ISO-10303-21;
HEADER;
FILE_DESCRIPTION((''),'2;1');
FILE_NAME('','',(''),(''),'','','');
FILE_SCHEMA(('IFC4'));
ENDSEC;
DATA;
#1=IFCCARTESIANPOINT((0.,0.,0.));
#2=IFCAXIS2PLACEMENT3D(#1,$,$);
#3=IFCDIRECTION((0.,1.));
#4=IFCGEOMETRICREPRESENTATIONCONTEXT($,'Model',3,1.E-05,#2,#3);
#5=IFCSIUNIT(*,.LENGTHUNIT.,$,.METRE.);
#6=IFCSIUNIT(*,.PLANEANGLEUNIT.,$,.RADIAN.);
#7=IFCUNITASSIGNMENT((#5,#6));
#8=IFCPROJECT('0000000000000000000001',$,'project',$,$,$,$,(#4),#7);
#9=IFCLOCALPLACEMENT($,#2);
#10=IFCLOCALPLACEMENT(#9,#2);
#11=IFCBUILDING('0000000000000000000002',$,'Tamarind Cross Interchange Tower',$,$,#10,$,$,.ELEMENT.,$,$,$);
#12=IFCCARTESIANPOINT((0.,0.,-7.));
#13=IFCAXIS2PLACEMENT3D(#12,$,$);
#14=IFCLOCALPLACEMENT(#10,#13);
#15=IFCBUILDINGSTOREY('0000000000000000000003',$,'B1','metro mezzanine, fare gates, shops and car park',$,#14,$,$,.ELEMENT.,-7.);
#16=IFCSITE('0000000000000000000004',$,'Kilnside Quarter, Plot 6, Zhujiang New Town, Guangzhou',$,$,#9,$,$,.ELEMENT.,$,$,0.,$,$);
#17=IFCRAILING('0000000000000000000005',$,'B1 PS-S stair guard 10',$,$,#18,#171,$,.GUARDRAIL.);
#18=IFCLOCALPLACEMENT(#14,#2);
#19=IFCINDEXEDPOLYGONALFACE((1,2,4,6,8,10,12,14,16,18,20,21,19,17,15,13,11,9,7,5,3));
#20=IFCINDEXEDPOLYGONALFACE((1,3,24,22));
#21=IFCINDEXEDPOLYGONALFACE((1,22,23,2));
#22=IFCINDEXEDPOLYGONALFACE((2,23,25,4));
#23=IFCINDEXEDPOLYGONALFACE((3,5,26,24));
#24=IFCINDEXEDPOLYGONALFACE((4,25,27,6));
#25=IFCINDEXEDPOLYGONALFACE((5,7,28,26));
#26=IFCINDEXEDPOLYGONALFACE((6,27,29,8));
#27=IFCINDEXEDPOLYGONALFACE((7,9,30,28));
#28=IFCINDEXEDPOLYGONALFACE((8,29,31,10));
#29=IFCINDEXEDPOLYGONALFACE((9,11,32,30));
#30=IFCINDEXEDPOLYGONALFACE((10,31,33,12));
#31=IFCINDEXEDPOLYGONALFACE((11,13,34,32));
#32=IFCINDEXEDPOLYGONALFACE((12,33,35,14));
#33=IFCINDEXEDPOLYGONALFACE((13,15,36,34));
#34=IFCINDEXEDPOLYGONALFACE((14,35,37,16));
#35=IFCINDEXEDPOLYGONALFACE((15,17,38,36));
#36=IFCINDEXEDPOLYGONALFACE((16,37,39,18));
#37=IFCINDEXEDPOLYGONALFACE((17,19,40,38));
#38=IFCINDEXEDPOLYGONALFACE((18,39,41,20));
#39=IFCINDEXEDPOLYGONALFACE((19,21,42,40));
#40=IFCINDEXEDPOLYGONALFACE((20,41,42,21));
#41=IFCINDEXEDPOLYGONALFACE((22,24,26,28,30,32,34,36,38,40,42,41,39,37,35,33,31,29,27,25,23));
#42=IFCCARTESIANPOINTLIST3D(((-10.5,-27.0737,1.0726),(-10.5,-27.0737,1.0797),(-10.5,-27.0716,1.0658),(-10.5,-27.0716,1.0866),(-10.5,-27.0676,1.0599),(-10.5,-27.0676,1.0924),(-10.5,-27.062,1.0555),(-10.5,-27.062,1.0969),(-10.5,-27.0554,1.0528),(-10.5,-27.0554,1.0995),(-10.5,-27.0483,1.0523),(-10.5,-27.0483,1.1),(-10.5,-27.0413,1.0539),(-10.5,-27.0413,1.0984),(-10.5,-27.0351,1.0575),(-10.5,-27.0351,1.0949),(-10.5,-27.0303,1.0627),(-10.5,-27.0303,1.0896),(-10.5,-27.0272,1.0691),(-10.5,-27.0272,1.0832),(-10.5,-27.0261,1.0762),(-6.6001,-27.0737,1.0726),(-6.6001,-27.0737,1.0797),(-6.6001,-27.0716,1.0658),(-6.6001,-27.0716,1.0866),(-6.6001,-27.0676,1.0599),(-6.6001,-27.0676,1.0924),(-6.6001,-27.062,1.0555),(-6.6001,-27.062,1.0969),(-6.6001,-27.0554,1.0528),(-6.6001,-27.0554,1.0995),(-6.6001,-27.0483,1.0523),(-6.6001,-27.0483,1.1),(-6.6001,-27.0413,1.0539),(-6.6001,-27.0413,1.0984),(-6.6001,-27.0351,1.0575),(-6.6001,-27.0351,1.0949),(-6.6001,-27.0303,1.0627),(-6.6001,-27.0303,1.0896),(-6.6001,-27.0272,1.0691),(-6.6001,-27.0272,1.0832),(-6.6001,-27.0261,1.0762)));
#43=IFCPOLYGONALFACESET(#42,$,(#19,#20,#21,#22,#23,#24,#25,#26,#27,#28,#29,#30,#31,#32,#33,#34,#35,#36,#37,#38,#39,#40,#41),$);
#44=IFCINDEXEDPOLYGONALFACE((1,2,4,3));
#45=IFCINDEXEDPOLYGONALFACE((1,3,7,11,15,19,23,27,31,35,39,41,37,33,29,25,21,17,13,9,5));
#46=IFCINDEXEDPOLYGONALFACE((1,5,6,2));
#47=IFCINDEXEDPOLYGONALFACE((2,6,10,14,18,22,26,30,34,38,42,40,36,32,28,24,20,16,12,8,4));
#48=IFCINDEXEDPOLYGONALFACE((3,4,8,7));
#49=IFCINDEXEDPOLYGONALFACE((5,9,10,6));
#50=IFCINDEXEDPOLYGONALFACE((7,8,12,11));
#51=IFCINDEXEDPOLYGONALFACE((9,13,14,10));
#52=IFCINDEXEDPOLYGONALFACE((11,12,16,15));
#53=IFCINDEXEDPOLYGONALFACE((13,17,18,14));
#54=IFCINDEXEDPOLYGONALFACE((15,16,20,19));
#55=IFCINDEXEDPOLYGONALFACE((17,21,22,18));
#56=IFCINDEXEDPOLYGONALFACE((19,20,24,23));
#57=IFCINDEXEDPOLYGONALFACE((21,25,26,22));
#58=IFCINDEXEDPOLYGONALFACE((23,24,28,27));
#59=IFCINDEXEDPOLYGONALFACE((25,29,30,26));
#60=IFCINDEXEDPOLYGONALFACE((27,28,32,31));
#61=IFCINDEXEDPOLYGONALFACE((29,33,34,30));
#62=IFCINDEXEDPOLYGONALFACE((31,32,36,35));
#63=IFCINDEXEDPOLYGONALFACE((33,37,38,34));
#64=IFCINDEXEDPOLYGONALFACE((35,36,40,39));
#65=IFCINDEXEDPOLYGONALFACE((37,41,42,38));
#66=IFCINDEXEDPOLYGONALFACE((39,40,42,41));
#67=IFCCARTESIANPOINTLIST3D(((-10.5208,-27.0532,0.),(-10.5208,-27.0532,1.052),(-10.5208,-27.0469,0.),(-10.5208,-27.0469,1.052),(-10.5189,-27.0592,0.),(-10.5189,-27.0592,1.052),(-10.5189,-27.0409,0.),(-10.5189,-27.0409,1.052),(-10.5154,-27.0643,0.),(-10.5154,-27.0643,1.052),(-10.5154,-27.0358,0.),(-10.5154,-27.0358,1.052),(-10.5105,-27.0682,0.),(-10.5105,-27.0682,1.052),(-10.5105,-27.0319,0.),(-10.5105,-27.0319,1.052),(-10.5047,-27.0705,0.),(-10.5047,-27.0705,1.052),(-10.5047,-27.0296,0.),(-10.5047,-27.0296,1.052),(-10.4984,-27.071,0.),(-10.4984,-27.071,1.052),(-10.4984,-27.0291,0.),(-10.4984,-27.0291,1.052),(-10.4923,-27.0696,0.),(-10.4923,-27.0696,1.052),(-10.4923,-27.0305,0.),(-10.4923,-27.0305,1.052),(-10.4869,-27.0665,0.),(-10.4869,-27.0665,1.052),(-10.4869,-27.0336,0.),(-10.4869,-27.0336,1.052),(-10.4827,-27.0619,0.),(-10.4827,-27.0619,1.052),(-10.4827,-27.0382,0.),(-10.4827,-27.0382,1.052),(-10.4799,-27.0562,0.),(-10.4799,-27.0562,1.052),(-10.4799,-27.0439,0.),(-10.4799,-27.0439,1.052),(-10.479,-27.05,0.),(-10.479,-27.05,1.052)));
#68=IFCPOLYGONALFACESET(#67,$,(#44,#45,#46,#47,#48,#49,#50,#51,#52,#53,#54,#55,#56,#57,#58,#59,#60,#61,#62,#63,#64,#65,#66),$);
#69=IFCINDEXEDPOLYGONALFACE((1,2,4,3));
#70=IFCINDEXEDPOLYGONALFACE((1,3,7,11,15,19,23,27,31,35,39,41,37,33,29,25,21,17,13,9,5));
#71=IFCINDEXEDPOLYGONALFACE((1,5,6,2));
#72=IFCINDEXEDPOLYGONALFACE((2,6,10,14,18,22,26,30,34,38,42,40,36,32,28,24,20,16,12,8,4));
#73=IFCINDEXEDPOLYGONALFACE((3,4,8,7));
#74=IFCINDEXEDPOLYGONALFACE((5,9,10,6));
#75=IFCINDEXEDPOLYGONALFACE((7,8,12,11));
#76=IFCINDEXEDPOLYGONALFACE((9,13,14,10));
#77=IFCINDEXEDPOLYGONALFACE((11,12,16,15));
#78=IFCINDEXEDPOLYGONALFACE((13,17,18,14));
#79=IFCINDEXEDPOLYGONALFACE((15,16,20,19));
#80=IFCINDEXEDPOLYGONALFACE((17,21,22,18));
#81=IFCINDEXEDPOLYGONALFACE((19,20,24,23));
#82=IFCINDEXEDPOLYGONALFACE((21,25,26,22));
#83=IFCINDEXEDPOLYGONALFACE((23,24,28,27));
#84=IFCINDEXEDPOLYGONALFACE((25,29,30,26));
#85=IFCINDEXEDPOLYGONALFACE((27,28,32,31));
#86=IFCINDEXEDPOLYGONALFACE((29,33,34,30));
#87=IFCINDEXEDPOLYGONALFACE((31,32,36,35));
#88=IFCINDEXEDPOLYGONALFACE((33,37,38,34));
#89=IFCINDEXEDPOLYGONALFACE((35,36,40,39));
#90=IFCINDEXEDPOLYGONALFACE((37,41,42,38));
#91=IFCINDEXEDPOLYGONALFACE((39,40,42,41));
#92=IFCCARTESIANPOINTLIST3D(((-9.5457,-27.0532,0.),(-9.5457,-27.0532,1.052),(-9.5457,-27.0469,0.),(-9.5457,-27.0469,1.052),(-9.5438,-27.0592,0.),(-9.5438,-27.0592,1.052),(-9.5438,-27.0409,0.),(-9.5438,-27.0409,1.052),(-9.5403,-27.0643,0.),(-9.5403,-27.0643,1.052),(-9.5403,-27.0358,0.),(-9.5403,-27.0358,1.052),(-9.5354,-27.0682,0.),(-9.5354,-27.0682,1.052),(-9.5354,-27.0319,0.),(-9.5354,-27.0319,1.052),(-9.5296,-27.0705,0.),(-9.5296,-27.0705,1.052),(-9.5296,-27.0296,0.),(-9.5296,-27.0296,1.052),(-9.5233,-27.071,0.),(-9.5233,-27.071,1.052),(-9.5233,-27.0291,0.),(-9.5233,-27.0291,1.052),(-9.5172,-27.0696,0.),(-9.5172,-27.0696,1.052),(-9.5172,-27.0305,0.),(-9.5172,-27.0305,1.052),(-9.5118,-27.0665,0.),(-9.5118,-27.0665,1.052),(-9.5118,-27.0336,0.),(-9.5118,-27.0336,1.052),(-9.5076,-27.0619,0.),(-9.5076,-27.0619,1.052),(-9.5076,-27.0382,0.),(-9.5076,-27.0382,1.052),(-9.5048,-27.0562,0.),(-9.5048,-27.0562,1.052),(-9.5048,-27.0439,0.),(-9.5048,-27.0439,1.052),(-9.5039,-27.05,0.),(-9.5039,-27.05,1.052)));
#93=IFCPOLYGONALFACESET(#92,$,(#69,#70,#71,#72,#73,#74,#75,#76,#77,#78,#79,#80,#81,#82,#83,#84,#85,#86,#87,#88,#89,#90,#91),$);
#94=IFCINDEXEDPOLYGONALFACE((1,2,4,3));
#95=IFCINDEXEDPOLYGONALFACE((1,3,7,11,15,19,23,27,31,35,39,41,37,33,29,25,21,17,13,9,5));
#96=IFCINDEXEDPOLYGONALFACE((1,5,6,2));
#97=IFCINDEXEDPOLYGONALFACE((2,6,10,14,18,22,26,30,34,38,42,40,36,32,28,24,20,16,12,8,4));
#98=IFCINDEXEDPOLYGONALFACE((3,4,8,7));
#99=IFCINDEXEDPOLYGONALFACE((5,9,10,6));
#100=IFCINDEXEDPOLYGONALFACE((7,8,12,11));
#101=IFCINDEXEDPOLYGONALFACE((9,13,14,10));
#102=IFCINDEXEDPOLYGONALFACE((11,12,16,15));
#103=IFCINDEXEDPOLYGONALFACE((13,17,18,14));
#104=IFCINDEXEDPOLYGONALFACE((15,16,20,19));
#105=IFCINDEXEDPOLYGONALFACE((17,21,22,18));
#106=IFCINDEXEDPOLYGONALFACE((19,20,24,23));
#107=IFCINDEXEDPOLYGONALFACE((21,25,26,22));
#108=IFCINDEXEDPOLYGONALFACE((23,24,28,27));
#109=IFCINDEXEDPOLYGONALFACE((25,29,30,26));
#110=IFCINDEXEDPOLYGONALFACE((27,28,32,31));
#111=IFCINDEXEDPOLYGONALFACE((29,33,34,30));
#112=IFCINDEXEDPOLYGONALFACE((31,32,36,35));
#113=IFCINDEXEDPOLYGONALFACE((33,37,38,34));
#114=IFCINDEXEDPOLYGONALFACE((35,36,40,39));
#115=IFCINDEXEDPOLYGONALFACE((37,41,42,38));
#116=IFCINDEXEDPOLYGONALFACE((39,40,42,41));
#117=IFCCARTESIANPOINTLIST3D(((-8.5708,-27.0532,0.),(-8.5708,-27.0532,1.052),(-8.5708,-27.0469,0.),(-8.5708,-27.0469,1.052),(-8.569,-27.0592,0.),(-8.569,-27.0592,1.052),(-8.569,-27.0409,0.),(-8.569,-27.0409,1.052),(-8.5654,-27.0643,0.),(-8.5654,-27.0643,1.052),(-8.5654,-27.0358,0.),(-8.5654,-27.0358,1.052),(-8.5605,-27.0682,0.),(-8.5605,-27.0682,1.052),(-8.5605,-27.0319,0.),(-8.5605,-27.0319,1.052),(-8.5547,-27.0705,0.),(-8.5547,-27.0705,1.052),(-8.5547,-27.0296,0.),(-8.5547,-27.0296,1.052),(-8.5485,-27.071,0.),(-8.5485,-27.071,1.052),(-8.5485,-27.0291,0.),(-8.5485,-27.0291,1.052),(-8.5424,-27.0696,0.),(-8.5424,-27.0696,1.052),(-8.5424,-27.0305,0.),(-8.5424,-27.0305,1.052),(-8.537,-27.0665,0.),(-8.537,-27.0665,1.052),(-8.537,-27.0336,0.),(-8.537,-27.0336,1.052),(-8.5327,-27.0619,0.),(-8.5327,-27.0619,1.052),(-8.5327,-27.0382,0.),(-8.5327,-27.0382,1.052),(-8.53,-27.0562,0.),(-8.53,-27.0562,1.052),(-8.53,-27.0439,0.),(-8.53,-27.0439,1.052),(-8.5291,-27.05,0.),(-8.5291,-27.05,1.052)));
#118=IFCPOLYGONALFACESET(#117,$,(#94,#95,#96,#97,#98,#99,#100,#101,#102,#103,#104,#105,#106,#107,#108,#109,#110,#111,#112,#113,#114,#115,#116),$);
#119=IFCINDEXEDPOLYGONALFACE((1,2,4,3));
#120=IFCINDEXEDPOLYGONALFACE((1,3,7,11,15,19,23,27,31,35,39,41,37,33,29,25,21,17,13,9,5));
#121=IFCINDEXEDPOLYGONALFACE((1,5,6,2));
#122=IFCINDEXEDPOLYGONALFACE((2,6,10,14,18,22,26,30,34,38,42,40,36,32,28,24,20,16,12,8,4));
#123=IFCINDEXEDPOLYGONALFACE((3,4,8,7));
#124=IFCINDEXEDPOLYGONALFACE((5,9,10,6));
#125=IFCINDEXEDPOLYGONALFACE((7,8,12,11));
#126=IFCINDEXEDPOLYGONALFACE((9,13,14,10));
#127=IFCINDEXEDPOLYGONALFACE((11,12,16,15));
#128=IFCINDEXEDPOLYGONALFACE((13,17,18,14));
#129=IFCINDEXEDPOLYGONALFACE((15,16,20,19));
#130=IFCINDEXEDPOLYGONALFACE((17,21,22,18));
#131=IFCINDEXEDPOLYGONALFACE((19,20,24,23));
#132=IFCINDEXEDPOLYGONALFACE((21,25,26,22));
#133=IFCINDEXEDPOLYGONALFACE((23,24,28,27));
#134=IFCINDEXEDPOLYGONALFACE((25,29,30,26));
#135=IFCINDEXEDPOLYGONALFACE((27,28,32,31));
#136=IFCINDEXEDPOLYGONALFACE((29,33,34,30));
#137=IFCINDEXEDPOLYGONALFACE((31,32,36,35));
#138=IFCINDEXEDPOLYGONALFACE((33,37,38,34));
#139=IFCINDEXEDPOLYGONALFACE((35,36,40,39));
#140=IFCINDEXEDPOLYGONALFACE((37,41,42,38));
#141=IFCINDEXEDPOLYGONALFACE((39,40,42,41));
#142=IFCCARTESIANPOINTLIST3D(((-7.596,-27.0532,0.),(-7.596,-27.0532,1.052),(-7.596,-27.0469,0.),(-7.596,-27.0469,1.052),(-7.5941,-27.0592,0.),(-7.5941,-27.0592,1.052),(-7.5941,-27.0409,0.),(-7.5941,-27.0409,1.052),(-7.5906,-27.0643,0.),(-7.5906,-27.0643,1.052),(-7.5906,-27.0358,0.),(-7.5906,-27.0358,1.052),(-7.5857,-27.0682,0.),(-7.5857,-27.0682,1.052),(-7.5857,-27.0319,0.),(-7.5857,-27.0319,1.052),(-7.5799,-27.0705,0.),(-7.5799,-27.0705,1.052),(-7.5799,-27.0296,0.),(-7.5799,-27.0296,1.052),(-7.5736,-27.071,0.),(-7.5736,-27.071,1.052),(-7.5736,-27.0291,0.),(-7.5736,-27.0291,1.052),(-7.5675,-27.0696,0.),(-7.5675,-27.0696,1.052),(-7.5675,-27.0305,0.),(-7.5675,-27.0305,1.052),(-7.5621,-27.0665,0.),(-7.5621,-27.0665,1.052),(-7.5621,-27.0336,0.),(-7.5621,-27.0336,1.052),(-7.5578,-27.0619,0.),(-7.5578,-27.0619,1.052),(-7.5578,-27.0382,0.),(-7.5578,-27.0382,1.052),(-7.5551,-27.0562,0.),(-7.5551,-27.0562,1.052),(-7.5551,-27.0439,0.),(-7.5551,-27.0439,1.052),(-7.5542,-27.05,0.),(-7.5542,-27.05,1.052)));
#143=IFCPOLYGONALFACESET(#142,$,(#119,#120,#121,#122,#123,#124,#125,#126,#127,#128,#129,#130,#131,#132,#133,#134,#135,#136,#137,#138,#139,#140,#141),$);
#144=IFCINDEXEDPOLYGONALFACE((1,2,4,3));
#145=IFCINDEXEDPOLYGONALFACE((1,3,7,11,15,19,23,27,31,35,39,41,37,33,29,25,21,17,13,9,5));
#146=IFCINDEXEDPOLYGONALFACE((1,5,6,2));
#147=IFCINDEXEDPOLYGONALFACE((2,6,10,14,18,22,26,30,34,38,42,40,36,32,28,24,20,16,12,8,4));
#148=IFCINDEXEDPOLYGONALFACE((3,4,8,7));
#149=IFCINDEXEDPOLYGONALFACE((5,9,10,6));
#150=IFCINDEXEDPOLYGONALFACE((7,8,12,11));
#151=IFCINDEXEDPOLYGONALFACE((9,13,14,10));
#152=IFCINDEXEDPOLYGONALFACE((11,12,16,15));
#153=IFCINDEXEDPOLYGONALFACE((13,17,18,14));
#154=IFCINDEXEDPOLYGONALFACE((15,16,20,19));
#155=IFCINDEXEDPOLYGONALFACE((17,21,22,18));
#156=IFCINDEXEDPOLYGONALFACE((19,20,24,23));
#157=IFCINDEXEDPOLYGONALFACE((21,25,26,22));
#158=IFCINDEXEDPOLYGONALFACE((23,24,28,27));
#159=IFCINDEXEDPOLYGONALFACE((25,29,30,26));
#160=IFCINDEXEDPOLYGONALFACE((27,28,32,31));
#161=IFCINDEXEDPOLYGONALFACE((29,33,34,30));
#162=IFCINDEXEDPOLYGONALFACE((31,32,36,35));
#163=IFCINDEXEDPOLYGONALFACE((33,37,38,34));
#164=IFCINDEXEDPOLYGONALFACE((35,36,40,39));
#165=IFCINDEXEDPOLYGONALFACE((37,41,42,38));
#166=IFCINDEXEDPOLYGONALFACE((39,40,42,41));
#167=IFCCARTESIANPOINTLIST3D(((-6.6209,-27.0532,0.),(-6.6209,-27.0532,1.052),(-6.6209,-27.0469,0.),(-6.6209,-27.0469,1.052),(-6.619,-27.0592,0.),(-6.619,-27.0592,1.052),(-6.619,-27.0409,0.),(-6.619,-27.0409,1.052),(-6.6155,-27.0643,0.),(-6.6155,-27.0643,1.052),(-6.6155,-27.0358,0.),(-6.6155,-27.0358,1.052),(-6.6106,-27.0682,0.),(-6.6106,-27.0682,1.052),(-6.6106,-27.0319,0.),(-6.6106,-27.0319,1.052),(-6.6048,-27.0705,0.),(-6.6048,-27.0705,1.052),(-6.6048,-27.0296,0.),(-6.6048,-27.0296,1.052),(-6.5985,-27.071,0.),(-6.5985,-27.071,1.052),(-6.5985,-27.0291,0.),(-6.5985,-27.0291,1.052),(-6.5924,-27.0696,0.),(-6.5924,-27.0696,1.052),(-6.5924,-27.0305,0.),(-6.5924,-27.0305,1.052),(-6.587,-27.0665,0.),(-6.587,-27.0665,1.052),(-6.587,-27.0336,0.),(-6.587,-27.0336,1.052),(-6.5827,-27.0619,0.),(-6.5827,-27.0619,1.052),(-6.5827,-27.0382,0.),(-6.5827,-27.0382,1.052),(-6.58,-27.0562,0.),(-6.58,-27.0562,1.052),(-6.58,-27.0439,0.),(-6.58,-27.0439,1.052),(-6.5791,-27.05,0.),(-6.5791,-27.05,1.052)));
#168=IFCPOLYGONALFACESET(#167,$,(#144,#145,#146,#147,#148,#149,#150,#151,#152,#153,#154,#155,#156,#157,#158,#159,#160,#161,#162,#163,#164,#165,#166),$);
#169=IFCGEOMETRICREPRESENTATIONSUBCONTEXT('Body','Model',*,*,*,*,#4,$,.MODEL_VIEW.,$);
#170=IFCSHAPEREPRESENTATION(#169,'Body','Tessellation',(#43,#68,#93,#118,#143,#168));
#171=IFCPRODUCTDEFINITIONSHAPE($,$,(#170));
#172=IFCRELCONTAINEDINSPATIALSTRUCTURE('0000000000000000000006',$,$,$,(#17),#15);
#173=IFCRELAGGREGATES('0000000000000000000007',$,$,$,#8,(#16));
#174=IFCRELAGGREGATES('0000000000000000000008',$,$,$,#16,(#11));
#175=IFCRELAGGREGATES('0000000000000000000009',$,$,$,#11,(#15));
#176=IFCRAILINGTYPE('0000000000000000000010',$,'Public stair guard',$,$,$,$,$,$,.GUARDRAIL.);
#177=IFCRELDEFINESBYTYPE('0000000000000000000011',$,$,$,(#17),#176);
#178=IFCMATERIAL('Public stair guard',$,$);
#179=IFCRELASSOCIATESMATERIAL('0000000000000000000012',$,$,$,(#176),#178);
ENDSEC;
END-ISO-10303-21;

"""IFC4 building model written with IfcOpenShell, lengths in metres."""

from ifc_helpers import new_model, si_unit, direction, frame, origin, origin_2d, place, context, subcontext, project, spatial, circle, extrude, material, type_object, element, save


model = new_model("IFC4")

# Units and contexts
model_context = context("Model", 3, precision=1e-05, world=origin(), true_north=direction((0.0, 1.0)))
body_context = subcontext(model_context, "Body", "Model", "MODEL_VIEW")
ifc_project = project(units=[si_unit("LENGTHUNIT", "METRE"), si_unit("PLANEANGLEUNIT", "RADIAN")], contexts=[model_context])

# Site, building, storey
site_placement = place(None, origin())
site = spatial("IfcSite", under=ifc_project, at=site_placement, Name="Kilnside Quarter, Plot 6, Zhujiang New Town, Guangzhou", CompositionType="ELEMENT", RefElevation=0.0)
building_placement = place(site_placement, origin())
building = spatial("IfcBuilding", under=site, at=building_placement, Name="Tamarind Cross Interchange Tower", CompositionType="ELEMENT")
storey_placement = place(building_placement, frame((0.0, 0.0, -7.0)))
storey = spatial("IfcBuildingStorey", under=building, at=storey_placement, Name="B1", Description="metro mezzanine, fare gates, shops and car park", CompositionType="ELEMENT", Elevation=-7.0)

# Railing
ifc_material_1 = material(Name="Public stair guard")
railing_type_1 = type_object("IfcRailingType", Name="Public stair guard", PredefinedType="GUARDRAIL", material=ifc_material_1)
railing_1_placement = place(storey_placement, frame((-10.5, -27.05, 0.0)))
element("IfcRailing", 1, at=railing_1_placement, inside=storey, type_object=railing_type_1, Name="B1 PS-S stair guard 10", PredefinedType="GUARDRAIL", context=body_context, shape_type="SweptSolid", body=[
    extrude(circle(Radius=0.0239, at=origin_2d()), frame((0.0, 0.0, 1.0762), z_axis=(1.0, 0.0, 0.0), x_axis=(0.0, 1.0, 0.0)), (0.0, 0.0, 1.0), 3.8999),
    extrude(circle(Radius=0.021, at=origin_2d()), origin(), (0.0, 0.0, 1.0), 1.052),
    extrude(circle(Radius=0.021, at=origin_2d()), frame((0.9751, 0.0, 0.0)), (0.0, 0.0, 1.0), 1.052),
    extrude(circle(Radius=0.021, at=origin_2d()), frame((1.95, 0.0, 0.0)), (0.0, 0.0, 1.0), 1.052),
    extrude(circle(Radius=0.021, at=origin_2d()), frame((2.9248, 0.0, 0.0)), (0.0, 0.0, 1.0), 1.052),
    extrude(circle(Radius=0.021, at=origin_2d()), frame((3.8999, 0.0, 0.0)), (0.0, 0.0, 1.0), 1.052),
])

save(model, "model.ifc")
